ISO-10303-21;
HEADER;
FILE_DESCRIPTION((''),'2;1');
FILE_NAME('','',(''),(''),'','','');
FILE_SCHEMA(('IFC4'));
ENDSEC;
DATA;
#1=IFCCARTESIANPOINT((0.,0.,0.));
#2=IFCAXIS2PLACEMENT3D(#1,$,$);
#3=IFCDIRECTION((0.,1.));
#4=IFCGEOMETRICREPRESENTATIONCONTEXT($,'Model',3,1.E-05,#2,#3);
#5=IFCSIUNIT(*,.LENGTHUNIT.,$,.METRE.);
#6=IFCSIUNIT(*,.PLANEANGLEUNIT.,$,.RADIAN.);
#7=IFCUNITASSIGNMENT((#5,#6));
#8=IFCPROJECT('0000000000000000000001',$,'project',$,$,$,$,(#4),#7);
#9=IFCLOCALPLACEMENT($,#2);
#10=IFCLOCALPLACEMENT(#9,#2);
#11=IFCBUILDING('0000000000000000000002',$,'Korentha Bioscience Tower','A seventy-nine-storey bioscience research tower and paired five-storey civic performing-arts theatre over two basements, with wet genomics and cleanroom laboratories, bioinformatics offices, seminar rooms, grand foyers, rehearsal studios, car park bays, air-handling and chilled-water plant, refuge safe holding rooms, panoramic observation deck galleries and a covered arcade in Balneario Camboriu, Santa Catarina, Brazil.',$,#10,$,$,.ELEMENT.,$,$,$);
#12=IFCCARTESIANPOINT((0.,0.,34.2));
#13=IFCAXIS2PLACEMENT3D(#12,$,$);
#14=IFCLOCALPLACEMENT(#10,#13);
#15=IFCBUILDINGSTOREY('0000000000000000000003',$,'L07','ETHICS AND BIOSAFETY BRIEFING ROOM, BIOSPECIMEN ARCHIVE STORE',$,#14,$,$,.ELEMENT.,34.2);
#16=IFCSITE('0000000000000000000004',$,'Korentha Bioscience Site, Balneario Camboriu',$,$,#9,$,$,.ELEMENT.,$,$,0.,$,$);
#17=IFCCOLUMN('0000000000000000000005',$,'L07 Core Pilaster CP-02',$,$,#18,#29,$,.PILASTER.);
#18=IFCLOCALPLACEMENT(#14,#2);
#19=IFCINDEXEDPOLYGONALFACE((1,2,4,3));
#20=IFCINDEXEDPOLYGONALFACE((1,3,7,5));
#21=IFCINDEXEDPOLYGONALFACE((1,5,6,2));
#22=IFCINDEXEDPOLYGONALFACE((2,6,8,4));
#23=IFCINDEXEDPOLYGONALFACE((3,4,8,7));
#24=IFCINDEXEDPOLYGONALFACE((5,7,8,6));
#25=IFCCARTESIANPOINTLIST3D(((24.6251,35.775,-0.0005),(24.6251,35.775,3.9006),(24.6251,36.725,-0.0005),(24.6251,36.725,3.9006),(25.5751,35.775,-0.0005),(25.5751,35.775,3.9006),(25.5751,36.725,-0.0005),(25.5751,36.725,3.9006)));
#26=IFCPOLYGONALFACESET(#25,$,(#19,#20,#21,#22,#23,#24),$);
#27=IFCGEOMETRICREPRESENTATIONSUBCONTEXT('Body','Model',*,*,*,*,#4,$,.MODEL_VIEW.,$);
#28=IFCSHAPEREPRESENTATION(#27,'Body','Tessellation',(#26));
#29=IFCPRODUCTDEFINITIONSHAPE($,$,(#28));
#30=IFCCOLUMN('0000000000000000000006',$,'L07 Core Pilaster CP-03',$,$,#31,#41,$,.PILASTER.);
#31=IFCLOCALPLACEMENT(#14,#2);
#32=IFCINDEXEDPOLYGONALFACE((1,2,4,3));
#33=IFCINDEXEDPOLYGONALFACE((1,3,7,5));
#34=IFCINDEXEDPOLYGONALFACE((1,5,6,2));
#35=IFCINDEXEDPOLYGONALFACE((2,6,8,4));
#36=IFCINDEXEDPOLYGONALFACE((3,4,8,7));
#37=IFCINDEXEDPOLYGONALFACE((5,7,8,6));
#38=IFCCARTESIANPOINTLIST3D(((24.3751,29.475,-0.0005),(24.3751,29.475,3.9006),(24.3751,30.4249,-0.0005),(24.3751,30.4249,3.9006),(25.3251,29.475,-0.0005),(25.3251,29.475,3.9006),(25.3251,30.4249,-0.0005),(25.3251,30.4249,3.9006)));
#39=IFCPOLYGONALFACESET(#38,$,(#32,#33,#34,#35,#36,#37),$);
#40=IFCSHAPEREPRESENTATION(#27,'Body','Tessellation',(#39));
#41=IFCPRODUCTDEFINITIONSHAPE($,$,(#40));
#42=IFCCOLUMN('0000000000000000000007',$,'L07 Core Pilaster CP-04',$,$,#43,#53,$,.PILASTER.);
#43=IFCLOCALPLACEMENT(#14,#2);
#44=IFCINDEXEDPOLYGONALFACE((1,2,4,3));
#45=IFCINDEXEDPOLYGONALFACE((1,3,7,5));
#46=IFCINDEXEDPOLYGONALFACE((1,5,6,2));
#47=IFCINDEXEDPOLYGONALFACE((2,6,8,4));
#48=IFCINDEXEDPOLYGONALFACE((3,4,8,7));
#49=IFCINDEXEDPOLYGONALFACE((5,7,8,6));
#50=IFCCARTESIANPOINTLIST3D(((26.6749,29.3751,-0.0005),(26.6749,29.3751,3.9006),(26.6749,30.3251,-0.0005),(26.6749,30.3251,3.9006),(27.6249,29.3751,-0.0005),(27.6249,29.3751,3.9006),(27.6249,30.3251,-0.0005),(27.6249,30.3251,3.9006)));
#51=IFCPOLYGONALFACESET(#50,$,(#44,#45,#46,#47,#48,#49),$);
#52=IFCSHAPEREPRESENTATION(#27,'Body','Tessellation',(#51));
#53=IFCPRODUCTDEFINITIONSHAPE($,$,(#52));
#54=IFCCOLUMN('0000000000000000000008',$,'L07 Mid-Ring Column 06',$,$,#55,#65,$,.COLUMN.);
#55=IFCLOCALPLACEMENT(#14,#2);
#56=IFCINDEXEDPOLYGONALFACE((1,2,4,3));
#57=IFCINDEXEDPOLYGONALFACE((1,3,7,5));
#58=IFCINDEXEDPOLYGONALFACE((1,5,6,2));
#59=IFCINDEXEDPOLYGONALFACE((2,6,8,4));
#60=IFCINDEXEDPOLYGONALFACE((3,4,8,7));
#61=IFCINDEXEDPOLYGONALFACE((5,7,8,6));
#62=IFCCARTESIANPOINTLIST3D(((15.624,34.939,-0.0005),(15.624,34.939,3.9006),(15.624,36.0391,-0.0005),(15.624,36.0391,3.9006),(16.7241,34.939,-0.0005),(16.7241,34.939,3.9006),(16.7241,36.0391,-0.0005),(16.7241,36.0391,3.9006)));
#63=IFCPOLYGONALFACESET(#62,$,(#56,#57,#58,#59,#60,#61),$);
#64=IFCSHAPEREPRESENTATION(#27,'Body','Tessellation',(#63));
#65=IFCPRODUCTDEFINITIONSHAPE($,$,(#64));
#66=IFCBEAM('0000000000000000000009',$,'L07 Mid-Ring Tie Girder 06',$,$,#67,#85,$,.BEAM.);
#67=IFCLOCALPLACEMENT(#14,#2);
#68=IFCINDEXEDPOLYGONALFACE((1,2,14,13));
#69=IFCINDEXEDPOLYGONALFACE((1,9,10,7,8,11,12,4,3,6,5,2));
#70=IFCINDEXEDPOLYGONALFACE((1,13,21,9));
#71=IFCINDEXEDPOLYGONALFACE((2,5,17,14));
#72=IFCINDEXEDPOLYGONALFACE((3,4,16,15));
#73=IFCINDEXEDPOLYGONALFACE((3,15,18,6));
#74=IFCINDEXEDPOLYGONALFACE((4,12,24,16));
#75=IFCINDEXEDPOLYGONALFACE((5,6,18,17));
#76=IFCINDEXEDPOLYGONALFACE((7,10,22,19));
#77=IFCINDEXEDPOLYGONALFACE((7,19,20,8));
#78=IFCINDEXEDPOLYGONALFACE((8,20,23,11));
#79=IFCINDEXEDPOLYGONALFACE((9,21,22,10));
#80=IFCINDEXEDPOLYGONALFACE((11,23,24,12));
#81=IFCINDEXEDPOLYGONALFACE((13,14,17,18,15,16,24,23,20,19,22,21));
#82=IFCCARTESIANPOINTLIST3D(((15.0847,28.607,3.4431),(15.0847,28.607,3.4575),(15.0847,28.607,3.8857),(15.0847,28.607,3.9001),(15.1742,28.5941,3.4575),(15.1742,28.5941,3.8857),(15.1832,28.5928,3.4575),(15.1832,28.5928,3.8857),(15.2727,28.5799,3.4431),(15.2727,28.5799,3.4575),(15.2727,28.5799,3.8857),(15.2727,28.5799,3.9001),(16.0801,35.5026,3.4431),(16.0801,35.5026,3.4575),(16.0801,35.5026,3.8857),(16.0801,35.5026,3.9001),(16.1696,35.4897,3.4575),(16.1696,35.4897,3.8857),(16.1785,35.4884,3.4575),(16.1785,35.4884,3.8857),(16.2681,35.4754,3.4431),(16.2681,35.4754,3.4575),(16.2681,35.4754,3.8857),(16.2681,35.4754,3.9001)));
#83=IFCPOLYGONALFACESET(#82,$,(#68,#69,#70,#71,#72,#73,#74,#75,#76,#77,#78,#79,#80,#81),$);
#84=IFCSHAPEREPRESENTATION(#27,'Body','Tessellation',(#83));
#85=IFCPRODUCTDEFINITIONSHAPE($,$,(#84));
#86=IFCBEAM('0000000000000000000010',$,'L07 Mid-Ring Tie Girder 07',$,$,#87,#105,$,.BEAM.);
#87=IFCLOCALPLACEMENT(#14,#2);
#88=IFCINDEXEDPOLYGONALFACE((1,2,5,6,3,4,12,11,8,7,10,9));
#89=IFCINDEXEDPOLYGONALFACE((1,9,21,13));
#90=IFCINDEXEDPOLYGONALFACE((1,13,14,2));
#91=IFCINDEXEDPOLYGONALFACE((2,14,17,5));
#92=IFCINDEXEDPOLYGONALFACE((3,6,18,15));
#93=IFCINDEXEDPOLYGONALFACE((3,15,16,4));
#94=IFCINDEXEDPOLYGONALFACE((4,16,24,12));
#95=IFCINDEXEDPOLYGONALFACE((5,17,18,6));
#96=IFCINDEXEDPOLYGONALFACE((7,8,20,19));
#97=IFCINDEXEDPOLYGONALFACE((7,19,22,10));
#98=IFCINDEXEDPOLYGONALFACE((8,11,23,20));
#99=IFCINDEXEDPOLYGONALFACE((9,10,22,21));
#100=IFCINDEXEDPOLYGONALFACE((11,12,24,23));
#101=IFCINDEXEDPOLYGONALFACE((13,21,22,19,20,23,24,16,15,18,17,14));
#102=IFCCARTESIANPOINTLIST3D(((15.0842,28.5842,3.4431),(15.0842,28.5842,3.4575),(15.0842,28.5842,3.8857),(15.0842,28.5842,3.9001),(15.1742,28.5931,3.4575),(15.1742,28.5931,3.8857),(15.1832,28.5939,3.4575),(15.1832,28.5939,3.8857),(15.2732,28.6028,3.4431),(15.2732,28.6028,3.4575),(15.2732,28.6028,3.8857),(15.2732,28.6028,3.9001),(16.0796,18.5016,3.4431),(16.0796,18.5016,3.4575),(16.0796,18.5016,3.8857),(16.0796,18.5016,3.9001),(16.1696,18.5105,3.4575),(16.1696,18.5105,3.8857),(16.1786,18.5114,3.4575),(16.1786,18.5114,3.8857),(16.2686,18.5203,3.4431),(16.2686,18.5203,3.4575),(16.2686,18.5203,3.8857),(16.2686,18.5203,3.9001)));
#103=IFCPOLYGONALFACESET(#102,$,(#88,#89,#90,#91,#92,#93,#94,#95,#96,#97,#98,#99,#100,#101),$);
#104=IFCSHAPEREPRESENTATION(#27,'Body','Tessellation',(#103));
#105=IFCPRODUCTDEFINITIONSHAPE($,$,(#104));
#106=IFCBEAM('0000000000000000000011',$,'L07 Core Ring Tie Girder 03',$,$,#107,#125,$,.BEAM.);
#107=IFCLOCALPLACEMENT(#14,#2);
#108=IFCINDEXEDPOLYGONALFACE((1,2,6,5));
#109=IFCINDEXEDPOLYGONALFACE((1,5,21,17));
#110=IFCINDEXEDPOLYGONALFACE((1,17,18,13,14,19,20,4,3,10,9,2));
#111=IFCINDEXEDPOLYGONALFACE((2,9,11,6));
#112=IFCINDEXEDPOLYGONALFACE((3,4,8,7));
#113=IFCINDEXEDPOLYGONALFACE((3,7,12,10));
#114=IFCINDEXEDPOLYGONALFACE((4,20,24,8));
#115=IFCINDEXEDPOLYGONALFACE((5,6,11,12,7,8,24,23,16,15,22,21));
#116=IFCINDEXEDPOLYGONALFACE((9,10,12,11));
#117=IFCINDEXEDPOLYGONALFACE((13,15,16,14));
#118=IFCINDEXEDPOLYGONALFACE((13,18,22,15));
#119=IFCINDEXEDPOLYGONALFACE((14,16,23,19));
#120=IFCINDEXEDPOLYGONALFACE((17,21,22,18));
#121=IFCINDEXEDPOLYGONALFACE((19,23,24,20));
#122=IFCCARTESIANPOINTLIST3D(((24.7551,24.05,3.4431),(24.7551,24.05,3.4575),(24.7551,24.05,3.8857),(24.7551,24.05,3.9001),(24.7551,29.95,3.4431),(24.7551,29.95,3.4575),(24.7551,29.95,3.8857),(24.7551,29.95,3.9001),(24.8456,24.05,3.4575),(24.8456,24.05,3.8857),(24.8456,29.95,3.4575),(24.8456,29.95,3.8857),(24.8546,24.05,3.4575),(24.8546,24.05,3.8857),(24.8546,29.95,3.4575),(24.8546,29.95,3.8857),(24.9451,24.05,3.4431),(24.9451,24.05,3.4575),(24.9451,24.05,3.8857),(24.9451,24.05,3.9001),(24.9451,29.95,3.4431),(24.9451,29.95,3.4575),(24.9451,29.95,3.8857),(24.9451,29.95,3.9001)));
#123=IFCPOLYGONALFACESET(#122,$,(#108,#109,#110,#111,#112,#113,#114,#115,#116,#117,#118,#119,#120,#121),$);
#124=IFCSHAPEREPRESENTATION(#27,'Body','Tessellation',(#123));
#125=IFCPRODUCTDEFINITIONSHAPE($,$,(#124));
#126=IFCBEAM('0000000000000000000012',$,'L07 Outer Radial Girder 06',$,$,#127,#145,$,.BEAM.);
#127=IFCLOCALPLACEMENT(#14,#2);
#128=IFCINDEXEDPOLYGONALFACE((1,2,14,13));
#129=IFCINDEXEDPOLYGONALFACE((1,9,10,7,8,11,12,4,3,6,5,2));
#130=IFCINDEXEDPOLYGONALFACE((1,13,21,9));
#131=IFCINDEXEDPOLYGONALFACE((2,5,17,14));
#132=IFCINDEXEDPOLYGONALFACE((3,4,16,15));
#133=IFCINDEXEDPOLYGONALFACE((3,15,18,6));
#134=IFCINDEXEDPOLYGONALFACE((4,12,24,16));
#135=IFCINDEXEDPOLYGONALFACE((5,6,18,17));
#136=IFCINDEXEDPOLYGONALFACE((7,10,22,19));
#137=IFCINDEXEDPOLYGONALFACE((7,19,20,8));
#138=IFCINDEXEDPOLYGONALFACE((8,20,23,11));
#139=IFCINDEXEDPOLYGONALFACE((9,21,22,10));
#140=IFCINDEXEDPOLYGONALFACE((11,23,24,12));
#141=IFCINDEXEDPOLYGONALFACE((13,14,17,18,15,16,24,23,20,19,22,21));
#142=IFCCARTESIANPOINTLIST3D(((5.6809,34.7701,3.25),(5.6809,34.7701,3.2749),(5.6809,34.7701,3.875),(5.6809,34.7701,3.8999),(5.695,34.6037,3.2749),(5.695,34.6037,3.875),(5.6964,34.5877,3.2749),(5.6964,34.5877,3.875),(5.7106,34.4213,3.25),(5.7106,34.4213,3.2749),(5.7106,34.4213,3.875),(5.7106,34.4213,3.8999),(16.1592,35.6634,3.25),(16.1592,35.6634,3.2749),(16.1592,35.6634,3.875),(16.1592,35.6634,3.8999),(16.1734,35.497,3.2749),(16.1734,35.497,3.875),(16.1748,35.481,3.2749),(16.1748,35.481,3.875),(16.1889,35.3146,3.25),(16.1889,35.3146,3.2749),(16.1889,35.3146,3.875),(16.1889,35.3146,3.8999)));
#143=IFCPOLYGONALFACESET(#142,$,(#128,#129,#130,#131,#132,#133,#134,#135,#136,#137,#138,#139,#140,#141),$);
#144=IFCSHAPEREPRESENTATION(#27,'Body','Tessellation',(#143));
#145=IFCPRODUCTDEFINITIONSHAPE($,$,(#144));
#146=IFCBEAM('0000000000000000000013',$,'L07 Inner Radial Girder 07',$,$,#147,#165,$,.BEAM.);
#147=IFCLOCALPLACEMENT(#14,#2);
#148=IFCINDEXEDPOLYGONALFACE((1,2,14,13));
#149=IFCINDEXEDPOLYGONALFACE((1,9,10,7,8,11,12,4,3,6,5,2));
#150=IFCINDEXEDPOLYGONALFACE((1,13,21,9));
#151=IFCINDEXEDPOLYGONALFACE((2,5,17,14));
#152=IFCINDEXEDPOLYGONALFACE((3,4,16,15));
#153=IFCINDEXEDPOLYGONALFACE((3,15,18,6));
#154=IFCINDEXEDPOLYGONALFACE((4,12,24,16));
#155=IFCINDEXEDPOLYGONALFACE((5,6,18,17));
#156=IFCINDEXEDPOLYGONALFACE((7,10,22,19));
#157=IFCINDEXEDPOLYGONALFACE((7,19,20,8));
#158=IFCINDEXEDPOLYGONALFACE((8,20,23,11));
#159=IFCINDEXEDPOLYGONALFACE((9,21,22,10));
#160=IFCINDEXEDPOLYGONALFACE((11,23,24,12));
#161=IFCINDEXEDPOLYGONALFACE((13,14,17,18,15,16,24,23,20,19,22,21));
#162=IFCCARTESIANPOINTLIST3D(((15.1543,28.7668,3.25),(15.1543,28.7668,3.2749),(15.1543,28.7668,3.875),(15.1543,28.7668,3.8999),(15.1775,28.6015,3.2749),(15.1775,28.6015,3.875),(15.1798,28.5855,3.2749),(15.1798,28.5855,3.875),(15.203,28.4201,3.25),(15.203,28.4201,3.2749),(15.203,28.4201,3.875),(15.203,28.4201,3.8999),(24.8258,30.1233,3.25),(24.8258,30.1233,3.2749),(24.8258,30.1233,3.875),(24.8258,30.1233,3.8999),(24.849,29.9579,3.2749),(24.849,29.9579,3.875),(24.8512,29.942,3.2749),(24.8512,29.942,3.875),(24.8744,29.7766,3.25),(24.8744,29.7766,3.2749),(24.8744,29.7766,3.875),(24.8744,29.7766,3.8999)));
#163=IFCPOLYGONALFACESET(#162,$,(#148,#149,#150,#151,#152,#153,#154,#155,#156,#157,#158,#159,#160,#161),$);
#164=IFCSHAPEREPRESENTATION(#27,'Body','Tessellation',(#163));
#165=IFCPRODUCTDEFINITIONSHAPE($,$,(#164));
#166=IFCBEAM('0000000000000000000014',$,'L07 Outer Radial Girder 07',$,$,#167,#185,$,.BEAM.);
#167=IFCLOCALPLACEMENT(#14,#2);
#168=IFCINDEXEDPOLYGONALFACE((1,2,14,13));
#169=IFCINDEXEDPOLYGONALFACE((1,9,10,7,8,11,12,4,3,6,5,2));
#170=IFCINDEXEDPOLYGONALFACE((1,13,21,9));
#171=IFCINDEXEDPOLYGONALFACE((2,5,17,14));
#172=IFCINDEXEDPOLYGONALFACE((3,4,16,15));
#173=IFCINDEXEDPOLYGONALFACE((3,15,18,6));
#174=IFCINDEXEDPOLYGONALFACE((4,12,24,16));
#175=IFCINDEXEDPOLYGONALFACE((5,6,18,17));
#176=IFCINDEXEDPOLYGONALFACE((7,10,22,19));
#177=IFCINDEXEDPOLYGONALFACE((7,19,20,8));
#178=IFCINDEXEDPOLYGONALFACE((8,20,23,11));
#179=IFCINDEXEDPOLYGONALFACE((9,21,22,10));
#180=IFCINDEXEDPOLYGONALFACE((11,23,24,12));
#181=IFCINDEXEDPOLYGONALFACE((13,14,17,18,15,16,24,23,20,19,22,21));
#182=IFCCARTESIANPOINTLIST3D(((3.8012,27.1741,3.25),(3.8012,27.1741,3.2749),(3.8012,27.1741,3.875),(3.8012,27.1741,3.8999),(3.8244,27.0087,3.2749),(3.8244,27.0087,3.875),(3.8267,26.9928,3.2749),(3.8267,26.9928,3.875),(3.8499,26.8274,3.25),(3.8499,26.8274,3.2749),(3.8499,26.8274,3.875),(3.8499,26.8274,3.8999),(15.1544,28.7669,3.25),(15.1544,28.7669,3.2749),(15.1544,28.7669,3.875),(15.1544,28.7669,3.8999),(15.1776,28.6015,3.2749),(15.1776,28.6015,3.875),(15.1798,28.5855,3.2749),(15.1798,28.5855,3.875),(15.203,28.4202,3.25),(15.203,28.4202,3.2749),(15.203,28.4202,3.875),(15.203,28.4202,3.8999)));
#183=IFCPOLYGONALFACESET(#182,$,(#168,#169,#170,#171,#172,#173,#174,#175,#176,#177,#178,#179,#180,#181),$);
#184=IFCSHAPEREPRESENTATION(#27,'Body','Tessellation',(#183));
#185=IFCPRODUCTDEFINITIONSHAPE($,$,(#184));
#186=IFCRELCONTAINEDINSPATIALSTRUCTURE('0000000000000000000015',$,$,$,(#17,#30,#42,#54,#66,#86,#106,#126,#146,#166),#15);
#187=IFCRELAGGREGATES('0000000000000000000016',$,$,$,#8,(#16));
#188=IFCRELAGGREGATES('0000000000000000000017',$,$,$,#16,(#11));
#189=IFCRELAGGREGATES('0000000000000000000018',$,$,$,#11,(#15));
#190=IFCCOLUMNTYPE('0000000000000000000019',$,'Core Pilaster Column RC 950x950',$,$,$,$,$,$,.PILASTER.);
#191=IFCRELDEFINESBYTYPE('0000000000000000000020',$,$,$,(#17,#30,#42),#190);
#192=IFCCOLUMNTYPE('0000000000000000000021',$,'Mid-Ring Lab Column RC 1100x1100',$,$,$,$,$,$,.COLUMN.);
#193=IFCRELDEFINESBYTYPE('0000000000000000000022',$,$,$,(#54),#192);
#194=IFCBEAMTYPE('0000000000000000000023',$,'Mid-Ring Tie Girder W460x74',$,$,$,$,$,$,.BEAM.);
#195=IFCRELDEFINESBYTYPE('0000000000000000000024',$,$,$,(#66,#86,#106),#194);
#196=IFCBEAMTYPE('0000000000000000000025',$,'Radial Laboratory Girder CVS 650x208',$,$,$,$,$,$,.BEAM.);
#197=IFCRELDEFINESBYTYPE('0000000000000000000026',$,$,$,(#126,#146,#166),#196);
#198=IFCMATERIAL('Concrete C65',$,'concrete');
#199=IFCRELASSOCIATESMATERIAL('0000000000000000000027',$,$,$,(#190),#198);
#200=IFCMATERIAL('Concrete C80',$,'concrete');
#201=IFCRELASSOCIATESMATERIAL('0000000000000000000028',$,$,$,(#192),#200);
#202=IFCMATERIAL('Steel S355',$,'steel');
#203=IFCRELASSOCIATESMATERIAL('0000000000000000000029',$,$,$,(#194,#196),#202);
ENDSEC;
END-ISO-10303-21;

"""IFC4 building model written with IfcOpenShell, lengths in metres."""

from ifc_helpers import new_model, si_unit, direction, frame, origin, origin_2d, place, context, subcontext, project, spatial, rectangle, i_section, extrude, material, material_profile, profile_set, type_object, element, save


model = new_model("IFC4")

# Units and contexts
model_context = context("Model", 3, precision=1e-05, world=origin(), true_north=direction((0.0, 1.0)))
body_context = subcontext(model_context, "Body", "Model", "MODEL_VIEW")
ifc_project = project(units=[si_unit("LENGTHUNIT", "METRE"), si_unit("PLANEANGLEUNIT", "RADIAN")], contexts=[model_context])

# Site, building, storey
site_placement = place(None, origin())
site = spatial("IfcSite", under=ifc_project, at=site_placement, Name="Korentha Bioscience Site, Balneario Camboriu", CompositionType="ELEMENT", RefElevation=0.0)
building_placement = place(site_placement, origin())
building = spatial("IfcBuilding", under=site, at=building_placement, Name="Korentha Bioscience Tower", Description="A seventy-nine-storey bioscience research tower and paired five-storey civic performing-arts theatre over two basements, with wet genomics and cleanroom laboratories, bioinformatics offices, seminar rooms, grand foyers, rehearsal studios, car park bays, air-handling and chilled-water plant, refuge safe holding rooms, panoramic observation deck galleries and a covered arcade in Balneario Camboriu, Santa Catarina, Brazil.", CompositionType="ELEMENT")
storey_placement = place(building_placement, frame((0.0, 0.0, 34.2)))
storey = spatial("IfcBuildingStorey", under=building, at=storey_placement, Name="L07", Description="ETHICS AND BIOSAFETY BRIEFING ROOM, BIOSPECIMEN ARCHIVE STORE", CompositionType="ELEMENT", Elevation=34.2)

# Columns
ifc_material_1 = material(Name="Concrete C65", Category="concrete")
ifc_material_profile_1 = material_profile(ifc_material_1, rectangle(XDim=0.95, YDim=0.95, at=origin_2d()), Name="Concrete C65")
ifc_profile_set_1 = profile_set([ifc_material_profile_1], Name="Concrete C65 (COL-CP09)")
column_type_1 = type_object("IfcColumnType", Name="Core Pilaster Column RC 950x950", PredefinedType="PILASTER", material=ifc_profile_set_1)
for number, where, z_axis, x_axis, name in (
    (1, (25.1001, 36.25, -0.0005), (0.0, 0.0, 1.0), (1.0, 0.0, 0.0), "L07 Core Pilaster CP-02"),
    (2, (24.8501, 29.95, -0.0005), (0.0, 0.0, 1.0), (1.0, 0.0, 0.0), "L07 Core Pilaster CP-03"),
    (3, (27.1499, 29.8501, -0.0005), (0.0, 0.0, 1.0), (1.0, 0.0, 0.0), "L07 Core Pilaster CP-04"),
):
    element("IfcColumn", number, at=place(storey_placement, frame(where, z_axis=z_axis, x_axis=x_axis)), inside=storey, type_object=column_type_1, Name=name, PredefinedType="PILASTER", context=body_context, shape_type="SweptSolid", body=[
        extrude(rectangle(XDim=0.95, YDim=0.95, at=origin_2d()), origin(), (0.0, 0.0, 1.0), 3.9011),
    ])
ifc_material_2 = material(Name="Concrete C80", Category="concrete")
ifc_material_profile_2 = material_profile(ifc_material_2, rectangle(XDim=1.1001, YDim=1.1001, at=origin_2d()), Name="Concrete C80")
ifc_profile_set_2 = profile_set([ifc_material_profile_2], Name="Concrete C80 (COL-MR11)")
column_type_2 = type_object("IfcColumnType", Name="Mid-Ring Lab Column RC 1100x1100", PredefinedType="COLUMN", material=ifc_profile_set_2)
column_placement = place(storey_placement, frame((16.1741, 35.489, -0.0005), z_axis=(0.0, 0.0, 1.0), x_axis=(1.0, 0.0, 0.0)))
element("IfcColumn", 4, at=column_placement, inside=storey, type_object=column_type_2, Name="L07 Mid-Ring Column 06", PredefinedType="COLUMN", context=body_context, shape_type="SweptSolid", body=[
    extrude(rectangle(XDim=1.1001, YDim=1.1001, at=origin_2d()), origin(), (0.0, 0.0, 1.0), 3.9011),
])

# Beams
ifc_material_3 = material(Name="Steel S355", Category="steel")
ifc_material_profile_3 = material_profile(ifc_material_3, i_section(OverallWidth=0.1899, OverallDepth=0.457, WebThickness=0.009, FlangeThickness=0.0144, at=origin_2d()), Name="Steel S355")
ifc_profile_set_3 = profile_set([ifc_material_profile_3], Name="Steel S355 (MB-460)")
beam_type_1 = type_object("IfcBeamType", Name="Mid-Ring Tie Girder W460x74", PredefinedType="BEAM", material=ifc_profile_set_3)
beam_1_placement = place(storey_placement, frame((16.1741, 35.489, 3.6716), z_axis=(-0.142868, -0.989742, 0.0), x_axis=(0.989742, -0.142868, 0.0)))
element("IfcBeam", 5, at=beam_1_placement, inside=storey, type_object=beam_type_1, Name="L07 Mid-Ring Tie Girder 06", PredefinedType="BEAM", context=body_context, shape_type="SweptSolid", body=[
    extrude(i_section(OverallWidth=0.1899, OverallDepth=0.457, WebThickness=0.009, FlangeThickness=0.0144, at=origin_2d()), origin(), (0.0, 0.0, 1.0), 6.967),
])
beam_2_placement = place(storey_placement, frame((15.1787, 28.5935, 3.6716), z_axis=(0.098244, -0.995162, 0.0), x_axis=(0.995162, 0.098244, 0.0)))
element("IfcBeam", 6, at=beam_2_placement, inside=storey, type_object=beam_type_1, Name="L07 Mid-Ring Tie Girder 07", PredefinedType="BEAM", context=body_context, shape_type="SweptSolid", body=[
    extrude(i_section(OverallWidth=0.1899, OverallDepth=0.457, WebThickness=0.009, FlangeThickness=0.0144, at=origin_2d()), origin(), (0.0, 0.0, 1.0), 10.1316),
])
beam_3_placement = place(storey_placement, frame((24.8501, 29.95, 3.6716), z_axis=(0.0, -1.0, 0.0), x_axis=(1.0, 0.0, 0.0)))
element("IfcBeam", 7, at=beam_3_placement, inside=storey, type_object=beam_type_1, Name="L07 Core Ring Tie Girder 03", PredefinedType="BEAM", context=body_context, shape_type="SweptSolid", body=[
    extrude(i_section(OverallWidth=0.1899, OverallDepth=0.457, WebThickness=0.009, FlangeThickness=0.0144, at=origin_2d()), origin(), (0.0, 0.0, 1.0), 5.8999),
])
ifc_material_profile_4 = material_profile(ifc_material_3, i_section(OverallWidth=0.3501, OverallDepth=0.6499, WebThickness=0.0161, FlangeThickness=0.0249, at=origin_2d()), Name="Steel S355")
ifc_profile_set_4 = profile_set([ifc_material_profile_4], Name="Steel S355 (RB-650)")
beam_type_2 = type_object("IfcBeamType", Name="Radial Laboratory Girder CVS 650x208", PredefinedType="BEAM", material=ifc_profile_set_4)
beam_4_placement = place(storey_placement, frame((16.1741, 35.489, 3.575), z_axis=(-0.996386, -0.084945, 0.0), x_axis=(0.084945, -0.996386, 0.0)))
element("IfcBeam", 8, at=beam_4_placement, inside=storey, type_object=beam_type_2, Name="L07 Outer Radial Girder 06", PredefinedType="BEAM", context=body_context, shape_type="SweptSolid", body=[
    extrude(i_section(OverallWidth=0.3501, OverallDepth=0.6499, WebThickness=0.0161, FlangeThickness=0.0249, at=origin_2d()), origin(), (0.0, 0.0, 1.0), 10.5164),
])
beam_5_placement = place(storey_placement, frame((24.8501, 29.95, 3.575), z_axis=(-0.990307, -0.138894, 0.0), x_axis=(0.138894, -0.990307, 0.0)))
element("IfcBeam", 9, at=beam_5_placement, inside=storey, type_object=beam_type_2, Name="L07 Inner Radial Girder 07", PredefinedType="BEAM", context=body_context, shape_type="SweptSolid", body=[
    extrude(i_section(OverallWidth=0.3501, OverallDepth=0.6499, WebThickness=0.0161, FlangeThickness=0.0249, at=origin_2d()), origin(), (0.0, 0.0, 1.0), 9.7661),
])
beam_6_placement = place(storey_placement, frame((15.1787, 28.5935, 3.575), z_axis=(-0.990302, -0.138931, 0.0), x_axis=(0.138931, -0.990302, 0.0)))
element("IfcBeam", 10, at=beam_6_placement, inside=storey, type_object=beam_type_2, Name="L07 Outer Radial Girder 07", PredefinedType="BEAM", context=body_context, shape_type="SweptSolid", body=[
    extrude(i_section(OverallWidth=0.3501, OverallDepth=0.6499, WebThickness=0.0161, FlangeThickness=0.0249, at=origin_2d()), origin(), (0.0, 0.0, 1.0), 11.4644),
])

save(model, "model.ifc")
